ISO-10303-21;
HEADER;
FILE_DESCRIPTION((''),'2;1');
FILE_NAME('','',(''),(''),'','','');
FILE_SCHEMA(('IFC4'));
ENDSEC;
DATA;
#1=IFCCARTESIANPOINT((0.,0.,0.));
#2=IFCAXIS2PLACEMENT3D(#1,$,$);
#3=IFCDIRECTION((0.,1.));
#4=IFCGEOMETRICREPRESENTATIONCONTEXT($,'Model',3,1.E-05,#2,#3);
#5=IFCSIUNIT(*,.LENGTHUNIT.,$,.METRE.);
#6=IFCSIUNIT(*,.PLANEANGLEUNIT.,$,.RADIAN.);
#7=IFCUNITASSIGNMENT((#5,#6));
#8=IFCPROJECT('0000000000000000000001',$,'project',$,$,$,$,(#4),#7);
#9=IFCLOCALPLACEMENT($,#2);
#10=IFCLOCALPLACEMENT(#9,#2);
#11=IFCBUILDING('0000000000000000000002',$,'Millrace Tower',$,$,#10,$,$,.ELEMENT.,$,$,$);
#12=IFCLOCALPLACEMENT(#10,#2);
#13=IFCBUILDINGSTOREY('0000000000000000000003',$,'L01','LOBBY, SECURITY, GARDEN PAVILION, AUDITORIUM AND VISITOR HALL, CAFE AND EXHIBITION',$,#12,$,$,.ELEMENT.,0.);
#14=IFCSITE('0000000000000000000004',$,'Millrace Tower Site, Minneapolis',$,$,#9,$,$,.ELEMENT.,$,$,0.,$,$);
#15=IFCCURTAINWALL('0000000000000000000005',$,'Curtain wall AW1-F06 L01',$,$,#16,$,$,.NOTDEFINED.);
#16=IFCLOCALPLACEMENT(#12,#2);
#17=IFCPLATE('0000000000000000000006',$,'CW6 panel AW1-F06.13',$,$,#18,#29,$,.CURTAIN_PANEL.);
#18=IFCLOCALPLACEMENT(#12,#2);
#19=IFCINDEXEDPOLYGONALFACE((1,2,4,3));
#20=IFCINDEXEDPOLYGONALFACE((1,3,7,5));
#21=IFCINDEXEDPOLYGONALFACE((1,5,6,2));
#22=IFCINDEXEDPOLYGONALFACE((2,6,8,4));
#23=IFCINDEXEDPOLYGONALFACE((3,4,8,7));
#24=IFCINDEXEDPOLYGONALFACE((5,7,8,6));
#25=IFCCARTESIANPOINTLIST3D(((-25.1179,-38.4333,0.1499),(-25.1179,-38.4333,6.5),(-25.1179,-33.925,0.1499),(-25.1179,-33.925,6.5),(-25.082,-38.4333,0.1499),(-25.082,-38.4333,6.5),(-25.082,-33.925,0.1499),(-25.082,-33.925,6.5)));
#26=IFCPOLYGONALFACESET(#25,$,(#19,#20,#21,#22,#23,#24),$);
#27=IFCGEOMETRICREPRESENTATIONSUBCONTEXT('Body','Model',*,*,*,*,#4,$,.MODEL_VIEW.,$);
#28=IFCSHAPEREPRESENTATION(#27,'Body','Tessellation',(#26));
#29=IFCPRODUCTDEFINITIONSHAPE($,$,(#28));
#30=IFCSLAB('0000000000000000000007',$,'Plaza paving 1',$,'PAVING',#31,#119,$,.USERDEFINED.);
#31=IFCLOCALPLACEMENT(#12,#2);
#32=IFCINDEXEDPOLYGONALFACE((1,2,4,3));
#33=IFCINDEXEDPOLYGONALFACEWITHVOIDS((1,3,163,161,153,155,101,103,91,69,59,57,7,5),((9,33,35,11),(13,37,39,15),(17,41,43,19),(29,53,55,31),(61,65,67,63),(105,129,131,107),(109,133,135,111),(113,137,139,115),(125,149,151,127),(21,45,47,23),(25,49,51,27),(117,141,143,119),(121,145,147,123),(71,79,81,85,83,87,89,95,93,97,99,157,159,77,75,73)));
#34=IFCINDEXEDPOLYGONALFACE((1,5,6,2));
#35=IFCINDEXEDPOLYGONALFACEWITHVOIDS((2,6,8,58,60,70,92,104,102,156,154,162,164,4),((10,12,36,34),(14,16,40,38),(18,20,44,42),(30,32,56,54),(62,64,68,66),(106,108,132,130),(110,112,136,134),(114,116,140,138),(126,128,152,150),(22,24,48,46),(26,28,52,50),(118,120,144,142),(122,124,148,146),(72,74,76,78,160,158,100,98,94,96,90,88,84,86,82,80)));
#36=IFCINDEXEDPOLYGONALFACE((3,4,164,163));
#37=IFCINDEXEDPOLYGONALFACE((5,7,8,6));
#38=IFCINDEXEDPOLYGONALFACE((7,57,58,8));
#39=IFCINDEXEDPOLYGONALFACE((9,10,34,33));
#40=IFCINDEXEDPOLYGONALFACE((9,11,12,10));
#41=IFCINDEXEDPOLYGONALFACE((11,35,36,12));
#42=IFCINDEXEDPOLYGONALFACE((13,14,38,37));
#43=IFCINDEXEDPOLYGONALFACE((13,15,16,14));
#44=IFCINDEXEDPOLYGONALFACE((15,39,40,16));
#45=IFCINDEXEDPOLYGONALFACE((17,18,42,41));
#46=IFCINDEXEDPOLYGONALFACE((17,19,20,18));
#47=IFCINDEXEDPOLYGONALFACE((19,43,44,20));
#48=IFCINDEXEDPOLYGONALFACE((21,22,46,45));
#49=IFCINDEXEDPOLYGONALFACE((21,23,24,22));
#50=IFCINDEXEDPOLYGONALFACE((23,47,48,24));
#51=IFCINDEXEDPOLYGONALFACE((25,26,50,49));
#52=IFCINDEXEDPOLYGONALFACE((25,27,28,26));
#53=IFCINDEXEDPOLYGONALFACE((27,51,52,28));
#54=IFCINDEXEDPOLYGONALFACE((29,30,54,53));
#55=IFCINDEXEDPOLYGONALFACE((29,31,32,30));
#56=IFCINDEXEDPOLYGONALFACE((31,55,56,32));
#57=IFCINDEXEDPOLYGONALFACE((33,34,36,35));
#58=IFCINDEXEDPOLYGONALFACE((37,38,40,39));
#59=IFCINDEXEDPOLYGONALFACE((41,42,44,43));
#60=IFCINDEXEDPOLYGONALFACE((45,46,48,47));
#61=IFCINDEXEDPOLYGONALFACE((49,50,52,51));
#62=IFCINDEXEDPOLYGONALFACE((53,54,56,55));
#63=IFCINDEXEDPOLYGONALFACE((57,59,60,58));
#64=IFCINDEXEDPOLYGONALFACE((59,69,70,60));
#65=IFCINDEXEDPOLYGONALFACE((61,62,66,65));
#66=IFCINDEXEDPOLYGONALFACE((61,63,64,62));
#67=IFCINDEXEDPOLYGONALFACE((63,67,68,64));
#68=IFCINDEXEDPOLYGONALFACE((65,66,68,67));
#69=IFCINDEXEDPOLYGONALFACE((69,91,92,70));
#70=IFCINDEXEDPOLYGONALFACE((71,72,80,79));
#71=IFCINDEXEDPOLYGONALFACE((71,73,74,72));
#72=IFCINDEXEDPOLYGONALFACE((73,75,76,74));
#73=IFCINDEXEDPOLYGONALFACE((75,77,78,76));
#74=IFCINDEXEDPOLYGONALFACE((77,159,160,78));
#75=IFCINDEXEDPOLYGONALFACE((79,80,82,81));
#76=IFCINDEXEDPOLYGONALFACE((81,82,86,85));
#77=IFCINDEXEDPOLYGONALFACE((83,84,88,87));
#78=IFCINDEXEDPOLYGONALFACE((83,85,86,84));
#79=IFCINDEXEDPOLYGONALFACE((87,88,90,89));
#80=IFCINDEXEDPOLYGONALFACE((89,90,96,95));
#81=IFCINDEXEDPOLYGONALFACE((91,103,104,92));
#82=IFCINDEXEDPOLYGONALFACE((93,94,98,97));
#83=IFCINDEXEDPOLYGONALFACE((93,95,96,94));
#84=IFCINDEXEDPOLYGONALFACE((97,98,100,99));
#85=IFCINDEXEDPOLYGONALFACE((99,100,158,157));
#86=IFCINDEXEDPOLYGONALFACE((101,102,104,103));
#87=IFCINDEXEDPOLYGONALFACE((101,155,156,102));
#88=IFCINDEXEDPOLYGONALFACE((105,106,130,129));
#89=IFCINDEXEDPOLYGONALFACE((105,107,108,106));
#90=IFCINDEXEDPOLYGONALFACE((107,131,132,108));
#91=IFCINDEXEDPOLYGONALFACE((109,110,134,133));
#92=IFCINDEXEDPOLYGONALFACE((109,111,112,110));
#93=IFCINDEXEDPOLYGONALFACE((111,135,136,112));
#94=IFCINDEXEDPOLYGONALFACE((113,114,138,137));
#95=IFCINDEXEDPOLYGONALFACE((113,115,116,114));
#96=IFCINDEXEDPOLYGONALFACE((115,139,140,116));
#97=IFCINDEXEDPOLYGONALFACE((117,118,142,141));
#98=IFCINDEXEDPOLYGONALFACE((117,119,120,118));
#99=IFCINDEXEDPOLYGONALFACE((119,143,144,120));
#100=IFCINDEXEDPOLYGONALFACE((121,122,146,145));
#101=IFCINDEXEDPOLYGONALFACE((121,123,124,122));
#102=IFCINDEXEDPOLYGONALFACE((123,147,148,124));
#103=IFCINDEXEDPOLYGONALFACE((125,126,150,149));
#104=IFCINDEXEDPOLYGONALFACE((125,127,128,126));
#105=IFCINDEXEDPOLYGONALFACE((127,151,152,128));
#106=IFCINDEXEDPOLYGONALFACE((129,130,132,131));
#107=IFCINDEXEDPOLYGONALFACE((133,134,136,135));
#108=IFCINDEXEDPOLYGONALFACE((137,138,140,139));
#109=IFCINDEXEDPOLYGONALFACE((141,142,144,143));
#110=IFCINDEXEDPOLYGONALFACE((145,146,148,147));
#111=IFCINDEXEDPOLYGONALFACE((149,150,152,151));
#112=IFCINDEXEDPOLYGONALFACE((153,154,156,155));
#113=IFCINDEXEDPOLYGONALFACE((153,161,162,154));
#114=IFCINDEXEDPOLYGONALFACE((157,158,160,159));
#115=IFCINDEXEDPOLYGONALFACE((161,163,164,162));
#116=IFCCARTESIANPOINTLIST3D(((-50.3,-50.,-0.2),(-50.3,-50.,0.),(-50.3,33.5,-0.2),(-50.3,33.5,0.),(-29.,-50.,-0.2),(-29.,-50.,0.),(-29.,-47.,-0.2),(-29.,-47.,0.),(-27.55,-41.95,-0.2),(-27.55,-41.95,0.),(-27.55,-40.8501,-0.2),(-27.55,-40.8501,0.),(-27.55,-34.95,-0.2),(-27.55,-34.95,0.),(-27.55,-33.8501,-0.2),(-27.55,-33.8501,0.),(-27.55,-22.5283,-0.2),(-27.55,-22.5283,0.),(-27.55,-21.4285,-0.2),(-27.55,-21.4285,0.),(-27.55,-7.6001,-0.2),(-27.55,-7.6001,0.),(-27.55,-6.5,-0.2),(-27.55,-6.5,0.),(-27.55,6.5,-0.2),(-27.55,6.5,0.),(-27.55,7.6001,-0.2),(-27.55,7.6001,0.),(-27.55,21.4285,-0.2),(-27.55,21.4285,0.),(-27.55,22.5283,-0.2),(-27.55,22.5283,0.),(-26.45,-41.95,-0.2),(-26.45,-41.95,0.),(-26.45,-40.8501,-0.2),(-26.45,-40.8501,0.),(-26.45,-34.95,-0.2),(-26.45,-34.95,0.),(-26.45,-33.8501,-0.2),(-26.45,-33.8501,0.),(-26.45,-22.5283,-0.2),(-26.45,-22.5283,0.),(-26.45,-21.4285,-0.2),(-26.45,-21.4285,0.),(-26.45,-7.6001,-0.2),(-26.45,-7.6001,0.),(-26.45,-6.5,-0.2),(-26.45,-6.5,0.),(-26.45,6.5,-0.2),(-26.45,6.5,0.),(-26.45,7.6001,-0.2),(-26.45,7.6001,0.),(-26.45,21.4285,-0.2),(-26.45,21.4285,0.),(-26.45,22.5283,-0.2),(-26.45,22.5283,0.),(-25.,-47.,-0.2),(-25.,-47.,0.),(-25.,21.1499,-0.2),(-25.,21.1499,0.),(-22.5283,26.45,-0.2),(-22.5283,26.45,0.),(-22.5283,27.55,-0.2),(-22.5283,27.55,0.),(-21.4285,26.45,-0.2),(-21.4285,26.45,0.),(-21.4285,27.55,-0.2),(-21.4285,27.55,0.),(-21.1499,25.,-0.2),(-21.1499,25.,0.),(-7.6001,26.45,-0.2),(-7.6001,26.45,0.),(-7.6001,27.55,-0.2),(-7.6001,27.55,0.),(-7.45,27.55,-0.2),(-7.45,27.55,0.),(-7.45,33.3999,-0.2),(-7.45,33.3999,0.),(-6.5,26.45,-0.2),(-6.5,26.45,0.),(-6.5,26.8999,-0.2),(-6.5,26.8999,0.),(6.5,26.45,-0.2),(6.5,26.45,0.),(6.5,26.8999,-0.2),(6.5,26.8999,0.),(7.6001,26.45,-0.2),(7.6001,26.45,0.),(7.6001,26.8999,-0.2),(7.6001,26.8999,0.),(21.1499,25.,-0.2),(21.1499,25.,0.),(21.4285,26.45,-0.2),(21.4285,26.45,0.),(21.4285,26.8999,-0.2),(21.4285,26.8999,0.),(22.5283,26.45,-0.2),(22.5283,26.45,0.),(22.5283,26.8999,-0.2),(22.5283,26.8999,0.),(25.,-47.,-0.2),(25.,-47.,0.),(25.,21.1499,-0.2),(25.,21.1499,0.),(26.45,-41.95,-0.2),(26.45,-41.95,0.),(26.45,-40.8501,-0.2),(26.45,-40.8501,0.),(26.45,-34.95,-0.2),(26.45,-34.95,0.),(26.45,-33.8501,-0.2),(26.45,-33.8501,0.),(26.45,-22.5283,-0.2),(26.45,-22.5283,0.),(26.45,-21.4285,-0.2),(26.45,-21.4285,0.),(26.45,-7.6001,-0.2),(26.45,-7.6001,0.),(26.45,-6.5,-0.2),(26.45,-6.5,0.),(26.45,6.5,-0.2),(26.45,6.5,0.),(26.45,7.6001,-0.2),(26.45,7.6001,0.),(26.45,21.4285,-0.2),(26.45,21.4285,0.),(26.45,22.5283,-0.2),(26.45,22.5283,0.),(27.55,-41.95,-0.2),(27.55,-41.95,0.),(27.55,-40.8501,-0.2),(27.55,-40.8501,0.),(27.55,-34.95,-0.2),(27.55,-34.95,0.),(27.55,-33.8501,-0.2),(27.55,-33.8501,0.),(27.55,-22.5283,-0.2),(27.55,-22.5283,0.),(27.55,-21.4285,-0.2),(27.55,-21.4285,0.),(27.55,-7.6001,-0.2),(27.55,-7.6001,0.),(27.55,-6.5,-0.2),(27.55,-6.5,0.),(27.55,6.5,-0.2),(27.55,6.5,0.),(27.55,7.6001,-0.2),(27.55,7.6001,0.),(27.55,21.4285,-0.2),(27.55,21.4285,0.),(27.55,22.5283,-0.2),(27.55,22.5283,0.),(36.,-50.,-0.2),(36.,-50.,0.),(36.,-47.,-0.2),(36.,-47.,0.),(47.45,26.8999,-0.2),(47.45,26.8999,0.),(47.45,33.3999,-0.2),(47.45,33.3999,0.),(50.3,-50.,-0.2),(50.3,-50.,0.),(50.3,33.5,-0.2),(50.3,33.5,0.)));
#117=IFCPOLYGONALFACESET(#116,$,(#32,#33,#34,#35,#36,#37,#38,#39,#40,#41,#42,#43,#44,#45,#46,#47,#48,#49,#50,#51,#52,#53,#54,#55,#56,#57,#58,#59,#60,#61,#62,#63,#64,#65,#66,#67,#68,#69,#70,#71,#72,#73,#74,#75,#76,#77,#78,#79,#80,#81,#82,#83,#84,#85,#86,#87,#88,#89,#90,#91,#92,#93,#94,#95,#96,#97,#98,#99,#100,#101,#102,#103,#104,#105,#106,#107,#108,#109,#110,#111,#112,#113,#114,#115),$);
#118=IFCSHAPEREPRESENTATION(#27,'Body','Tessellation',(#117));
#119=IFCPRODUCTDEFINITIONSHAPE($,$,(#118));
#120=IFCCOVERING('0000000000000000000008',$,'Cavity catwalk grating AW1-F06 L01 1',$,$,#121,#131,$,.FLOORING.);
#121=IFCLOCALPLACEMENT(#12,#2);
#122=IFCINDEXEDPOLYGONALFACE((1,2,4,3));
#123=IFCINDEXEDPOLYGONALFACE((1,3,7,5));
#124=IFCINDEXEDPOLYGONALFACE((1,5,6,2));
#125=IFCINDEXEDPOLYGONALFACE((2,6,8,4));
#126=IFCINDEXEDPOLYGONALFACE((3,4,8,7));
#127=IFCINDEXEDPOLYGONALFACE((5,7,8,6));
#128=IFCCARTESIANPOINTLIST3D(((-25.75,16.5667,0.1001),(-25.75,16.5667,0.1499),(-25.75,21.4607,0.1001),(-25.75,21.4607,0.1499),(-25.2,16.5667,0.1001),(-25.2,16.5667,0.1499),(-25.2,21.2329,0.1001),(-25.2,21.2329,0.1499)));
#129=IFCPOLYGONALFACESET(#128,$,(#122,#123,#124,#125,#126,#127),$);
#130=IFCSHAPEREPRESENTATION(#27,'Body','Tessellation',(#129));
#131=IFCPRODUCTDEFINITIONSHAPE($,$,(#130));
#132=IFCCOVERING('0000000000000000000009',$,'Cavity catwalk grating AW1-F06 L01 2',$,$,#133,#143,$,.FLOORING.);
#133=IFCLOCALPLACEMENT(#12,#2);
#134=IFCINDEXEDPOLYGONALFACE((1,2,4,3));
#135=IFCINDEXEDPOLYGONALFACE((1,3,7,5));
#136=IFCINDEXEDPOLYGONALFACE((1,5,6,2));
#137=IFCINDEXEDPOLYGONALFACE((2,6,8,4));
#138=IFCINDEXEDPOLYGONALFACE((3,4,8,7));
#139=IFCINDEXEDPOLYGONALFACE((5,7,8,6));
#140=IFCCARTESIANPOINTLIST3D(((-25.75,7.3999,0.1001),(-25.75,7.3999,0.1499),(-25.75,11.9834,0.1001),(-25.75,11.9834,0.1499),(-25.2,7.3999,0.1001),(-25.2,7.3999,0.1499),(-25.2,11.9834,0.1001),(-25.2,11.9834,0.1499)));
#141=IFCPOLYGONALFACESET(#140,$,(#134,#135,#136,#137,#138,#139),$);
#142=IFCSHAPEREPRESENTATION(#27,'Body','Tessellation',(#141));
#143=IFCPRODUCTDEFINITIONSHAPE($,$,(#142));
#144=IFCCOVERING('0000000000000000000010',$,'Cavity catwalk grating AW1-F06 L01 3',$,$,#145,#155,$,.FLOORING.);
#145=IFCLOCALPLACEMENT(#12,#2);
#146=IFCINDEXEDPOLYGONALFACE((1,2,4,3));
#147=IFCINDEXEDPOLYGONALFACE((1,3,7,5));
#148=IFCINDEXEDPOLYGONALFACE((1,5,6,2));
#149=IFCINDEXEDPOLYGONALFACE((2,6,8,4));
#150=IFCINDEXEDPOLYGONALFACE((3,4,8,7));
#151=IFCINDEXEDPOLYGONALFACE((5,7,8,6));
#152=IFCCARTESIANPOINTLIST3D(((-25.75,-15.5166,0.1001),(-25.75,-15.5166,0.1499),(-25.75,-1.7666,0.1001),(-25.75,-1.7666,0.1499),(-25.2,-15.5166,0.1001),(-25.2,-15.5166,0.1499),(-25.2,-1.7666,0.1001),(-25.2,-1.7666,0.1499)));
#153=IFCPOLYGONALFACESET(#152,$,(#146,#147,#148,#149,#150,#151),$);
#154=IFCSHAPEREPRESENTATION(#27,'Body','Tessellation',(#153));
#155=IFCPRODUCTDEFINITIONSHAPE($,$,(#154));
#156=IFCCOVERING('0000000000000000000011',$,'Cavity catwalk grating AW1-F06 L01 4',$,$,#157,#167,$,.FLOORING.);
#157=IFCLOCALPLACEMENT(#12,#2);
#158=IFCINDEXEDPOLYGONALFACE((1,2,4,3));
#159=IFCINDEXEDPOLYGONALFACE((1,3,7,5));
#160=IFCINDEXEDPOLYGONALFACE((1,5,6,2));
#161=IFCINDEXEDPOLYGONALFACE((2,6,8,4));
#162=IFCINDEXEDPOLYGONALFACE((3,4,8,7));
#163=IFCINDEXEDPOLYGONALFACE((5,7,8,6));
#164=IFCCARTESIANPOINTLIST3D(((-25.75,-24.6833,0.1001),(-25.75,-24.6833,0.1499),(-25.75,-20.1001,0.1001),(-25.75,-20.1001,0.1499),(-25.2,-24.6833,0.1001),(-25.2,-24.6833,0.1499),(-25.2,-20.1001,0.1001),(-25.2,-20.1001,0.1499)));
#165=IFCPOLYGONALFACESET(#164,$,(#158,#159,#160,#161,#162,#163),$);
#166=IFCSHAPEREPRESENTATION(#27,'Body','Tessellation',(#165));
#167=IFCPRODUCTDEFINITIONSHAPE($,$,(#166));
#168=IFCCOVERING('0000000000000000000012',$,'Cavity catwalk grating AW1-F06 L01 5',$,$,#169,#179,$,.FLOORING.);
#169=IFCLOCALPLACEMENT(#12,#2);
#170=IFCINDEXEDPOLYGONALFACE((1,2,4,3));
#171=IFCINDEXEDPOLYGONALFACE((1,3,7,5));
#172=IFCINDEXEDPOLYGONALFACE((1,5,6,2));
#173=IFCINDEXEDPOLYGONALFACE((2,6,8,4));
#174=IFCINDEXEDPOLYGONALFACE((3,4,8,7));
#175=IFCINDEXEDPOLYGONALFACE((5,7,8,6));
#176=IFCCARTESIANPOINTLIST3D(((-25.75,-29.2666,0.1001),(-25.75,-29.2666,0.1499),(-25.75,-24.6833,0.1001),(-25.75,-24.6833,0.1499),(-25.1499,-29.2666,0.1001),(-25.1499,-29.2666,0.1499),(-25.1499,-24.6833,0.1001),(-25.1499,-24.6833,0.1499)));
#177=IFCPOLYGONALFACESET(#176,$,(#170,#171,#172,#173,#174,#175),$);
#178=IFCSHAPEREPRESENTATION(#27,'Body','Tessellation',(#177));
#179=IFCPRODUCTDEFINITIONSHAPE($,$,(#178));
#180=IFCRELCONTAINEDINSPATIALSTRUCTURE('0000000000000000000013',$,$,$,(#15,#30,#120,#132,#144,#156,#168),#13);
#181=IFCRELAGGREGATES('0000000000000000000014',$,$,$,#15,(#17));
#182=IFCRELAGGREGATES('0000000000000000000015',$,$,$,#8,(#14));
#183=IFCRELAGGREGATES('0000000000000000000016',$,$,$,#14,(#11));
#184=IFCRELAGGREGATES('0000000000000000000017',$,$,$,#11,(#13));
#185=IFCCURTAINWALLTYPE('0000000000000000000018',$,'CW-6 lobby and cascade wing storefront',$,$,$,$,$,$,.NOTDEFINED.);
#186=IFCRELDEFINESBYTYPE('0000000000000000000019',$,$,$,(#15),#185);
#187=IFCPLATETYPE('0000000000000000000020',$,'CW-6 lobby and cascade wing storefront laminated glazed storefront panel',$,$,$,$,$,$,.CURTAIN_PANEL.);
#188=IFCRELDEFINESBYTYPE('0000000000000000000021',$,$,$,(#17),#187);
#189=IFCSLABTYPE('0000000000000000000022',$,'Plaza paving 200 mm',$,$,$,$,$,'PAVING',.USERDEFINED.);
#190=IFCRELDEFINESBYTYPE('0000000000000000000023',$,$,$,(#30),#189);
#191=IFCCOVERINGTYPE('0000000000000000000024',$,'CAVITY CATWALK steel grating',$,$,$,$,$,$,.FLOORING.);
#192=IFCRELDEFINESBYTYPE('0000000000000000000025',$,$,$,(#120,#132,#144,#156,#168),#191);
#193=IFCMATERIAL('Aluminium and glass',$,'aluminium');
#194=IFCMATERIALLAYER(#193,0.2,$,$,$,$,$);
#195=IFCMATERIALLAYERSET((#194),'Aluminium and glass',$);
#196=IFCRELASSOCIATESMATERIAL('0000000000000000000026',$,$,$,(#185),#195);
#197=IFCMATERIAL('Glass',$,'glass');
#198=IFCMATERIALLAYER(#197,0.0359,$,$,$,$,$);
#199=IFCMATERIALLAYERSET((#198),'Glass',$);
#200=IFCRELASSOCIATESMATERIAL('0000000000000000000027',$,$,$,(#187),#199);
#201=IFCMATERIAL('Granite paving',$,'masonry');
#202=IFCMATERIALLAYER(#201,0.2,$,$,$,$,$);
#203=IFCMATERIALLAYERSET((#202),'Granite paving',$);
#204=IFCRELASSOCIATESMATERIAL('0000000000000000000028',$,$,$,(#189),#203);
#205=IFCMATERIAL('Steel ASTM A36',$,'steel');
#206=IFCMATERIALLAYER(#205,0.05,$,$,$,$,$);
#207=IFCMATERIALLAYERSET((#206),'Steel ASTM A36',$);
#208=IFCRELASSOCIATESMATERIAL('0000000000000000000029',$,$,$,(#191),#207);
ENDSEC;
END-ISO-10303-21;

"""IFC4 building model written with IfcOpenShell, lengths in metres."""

from ifc_helpers import new_model, si_unit, direction, frame, origin, place, context, subcontext, project, spatial, polyline, outline, extrude, material, layer, layer_set, type_object, element, aggregate, save


model = new_model("IFC4")

# Units and contexts
model_context = context("Model", 3, precision=1e-05, world=origin(), true_north=direction((0.0, 1.0)))
body_context = subcontext(model_context, "Body", "Model", "MODEL_VIEW")
ifc_project = project(units=[si_unit("LENGTHUNIT", "METRE"), si_unit("PLANEANGLEUNIT", "RADIAN")], contexts=[model_context])

# Site, building, storey
site_placement = place(None, origin())
site = spatial("IfcSite", under=ifc_project, at=site_placement, Name="Millrace Tower Site, Minneapolis", CompositionType="ELEMENT", RefElevation=0.0)
building_placement = place(site_placement, origin())
building = spatial("IfcBuilding", under=site, at=building_placement, Name="Millrace Tower", CompositionType="ELEMENT")
storey_placement = place(building_placement, origin())
storey = spatial("IfcBuildingStorey", under=building, at=storey_placement, Name="L01", Description="LOBBY, SECURITY, GARDEN PAVILION, AUDITORIUM AND VISITOR HALL, CAFE AND EXHIBITION", CompositionType="ELEMENT", Elevation=0.0)

# Shared definitions
placement_1 = place(storey_placement, origin())

# Curtain wall, plate
ifc_material_1 = material(Name="Aluminium and glass", Category="aluminium")
ifc_layer_1 = layer(ifc_material_1, 0.2)
ifc_layer_set_1 = layer_set([ifc_layer_1], Name="Aluminium and glass")
curtain_wall_type_1 = type_object("IfcCurtainWallType", Name="CW-6 lobby and cascade wing storefront", PredefinedType="NOTDEFINED", material=ifc_layer_set_1)
curtain_wall_1 = element("IfcCurtainWall", 1, at=placement_1, inside=storey, type_object=curtain_wall_type_1, Name="Curtain wall AW1-F06 L01", PredefinedType="NOTDEFINED")
ifc_material_2 = material(Name="Glass", Category="glass")
ifc_layer_2 = layer(ifc_material_2, 0.0359)
ifc_layer_set_2 = layer_set([ifc_layer_2], Name="Glass")
plate_type_1 = type_object("IfcPlateType", Name="CW-6 lobby and cascade wing storefront laminated glazed storefront panel", PredefinedType="CURTAIN_PANEL", material=ifc_layer_set_2)
placement_2 = place(storey_placement, frame((0.0, 0.0, 0.1499)))
plate_1 = element("IfcPlate", 2, at=placement_2, type_object=plate_type_1, Name="CW6 panel AW1-F06.13", PredefinedType="CURTAIN_PANEL", context=body_context, shape_type="SweptSolid", body=[
    extrude(outline(polyline([(-25.1179, -33.925), (-25.1179, -38.4333), (-25.082, -38.4333), (-25.082, -33.925), (-25.1179, -33.925)])), origin(), (0.0, 0.0, 1.0), 6.3501),
])
aggregate(curtain_wall_1, [plate_1])

# Slab
ifc_material_3 = material(Name="Granite paving", Category="masonry")
ifc_layer_3 = layer(ifc_material_3, 0.2)
ifc_layer_set_3 = layer_set([ifc_layer_3], Name="Granite paving")
slab_type = type_object("IfcSlabType", Name="Plaza paving 200 mm", ElementType="PAVING", PredefinedType="USERDEFINED", material=ifc_layer_set_3)
placement_3 = place(storey_placement, frame((0.0, 0.0, -0.2)))
element("IfcSlab", 3, at=placement_3, inside=storey, type_object=slab_type, Name="Plaza paving 1", ObjectType="PAVING", PredefinedType="USERDEFINED", context=body_context, shape_type="SweptSolid", body=[
    extrude(outline(polyline([(-50.3, 33.5), (50.3, 33.5), (50.3, -50.0), (36.0, -50.0), (36.0, -47.0), (25.0, -47.0), (25.0, 21.1499), (21.1499, 25.0), (-21.1499, 25.0), (-25.0, 21.1499), (-25.0, -47.0), (-29.0, -47.0), (-29.0, -50.0), (-50.3, -50.0), (-50.3, 33.5)]), holes=[polyline([(-26.45, -41.95), (-26.45, -40.8501), (-27.55, -40.8501), (-27.55, -41.95), (-26.45, -41.95)]), polyline([(-27.55, -34.95), (-26.45, -34.95), (-26.45, -33.8501), (-27.55, -33.8501), (-27.55, -34.95)]), polyline([(-27.55, -22.5283), (-26.45, -22.5283), (-26.45, -21.4285), (-27.55, -21.4285), (-27.55, -22.5283)]), polyline([(-27.55, -7.6001), (-26.45, -7.6001), (-26.45, -6.5), (-27.55, -6.5), (-27.55, -7.6001)]), polyline([(-27.55, 6.5), (-26.45, 6.5), (-26.45, 7.6001), (-27.55, 7.6001), (-27.55, 6.5)]), polyline([(-27.55, 21.4285), (-26.45, 21.4285), (-26.45, 22.5283), (-27.55, 22.5283), (-27.55, 21.4285)]), polyline([(-22.5283, 26.45), (-21.4285, 26.45), (-21.4285, 27.55), (-22.5283, 27.55), (-22.5283, 26.45)]), polyline([(6.5, 26.45), (7.6001, 26.45), (7.6001, 26.8999), (21.4285, 26.8999), (21.4285, 26.45), (22.5283, 26.45), (22.5283, 26.8999), (47.45, 26.8999), (47.45, 33.3999), (-7.45, 33.3999), (-7.45, 27.55), (-7.6001, 27.55), (-7.6001, 26.45), (-6.5, 26.45), (-6.5, 26.8999), (6.5, 26.8999), (6.5, 26.45)]), polyline([(26.45, -41.95), (27.55, -41.95), (27.55, -40.8501), (26.45, -40.8501), (26.45, -41.95)]), polyline([(27.55, -34.95), (27.55, -33.8501), (26.45, -33.8501), (26.45, -34.95), (27.55, -34.95)]), polyline([(27.55, -21.4285), (26.45, -21.4285), (26.45, -22.5283), (27.55, -22.5283), (27.55, -21.4285)]), polyline([(26.45, -7.6001), (27.55, -7.6001), (27.55, -6.5), (26.45, -6.5), (26.45, -7.6001)]), polyline([(26.45, 6.5), (27.55, 6.5), (27.55, 7.6001), (26.45, 7.6001), (26.45, 6.5)]), polyline([(26.45, 21.4285), (27.55, 21.4285), (27.55, 22.5283), (26.45, 22.5283), (26.45, 21.4285)])]), origin(), (0.0, 0.0, 1.0), 0.2),
])

# Coverings
ifc_material_4 = material(Name="Steel ASTM A36", Category="steel")
ifc_layer_4 = layer(ifc_material_4, 0.05)
ifc_layer_set_4 = layer_set([ifc_layer_4], Name="Steel ASTM A36")
covering_type = type_object("IfcCoveringType", Name="CAVITY CATWALK steel grating", PredefinedType="FLOORING", material=ifc_layer_set_4)
placement_4 = place(storey_placement, frame((0.0, 0.0, 0.1001)))
element("IfcCovering", 4, at=placement_4, inside=storey, type_object=covering_type, Name="Cavity catwalk grating AW1-F06 L01 1", PredefinedType="FLOORING", context=body_context, shape_type="SweptSolid", body=[
    extrude(outline(polyline([(-25.75, 21.4607), (-25.75, 16.5667), (-25.2, 16.5667), (-25.2, 21.2329), (-25.75, 21.4607)])), origin(), (0.0, 0.0, 1.0), 0.0498),
])
element("IfcCovering", 5, at=placement_4, inside=storey, type_object=covering_type, Name="Cavity catwalk grating AW1-F06 L01 2", PredefinedType="FLOORING", context=body_context, shape_type="SweptSolid", body=[
    extrude(outline(polyline([(-25.75, 11.9834), (-25.75, 7.3999), (-25.2, 7.3999), (-25.2, 11.9834), (-25.75, 11.9834)])), origin(), (0.0, 0.0, 1.0), 0.0498),
])
element("IfcCovering", 6, at=placement_4, inside=storey, type_object=covering_type, Name="Cavity catwalk grating AW1-F06 L01 3", PredefinedType="FLOORING", context=body_context, shape_type="SweptSolid", body=[
    extrude(outline(polyline([(-25.75, -1.7666), (-25.75, -15.5166), (-25.2, -15.5166), (-25.2, -1.7666), (-25.75, -1.7666)])), origin(), (0.0, 0.0, 1.0), 0.0498),
])
element("IfcCovering", 7, at=placement_4, inside=storey, type_object=covering_type, Name="Cavity catwalk grating AW1-F06 L01 4", PredefinedType="FLOORING", context=body_context, shape_type="SweptSolid", body=[
    extrude(outline(polyline([(-25.75, -20.1001), (-25.75, -24.6833), (-25.2, -24.6833), (-25.2, -20.1001), (-25.75, -20.1001)])), origin(), (0.0, 0.0, 1.0), 0.0498),
])
element("IfcCovering", 8, at=placement_4, inside=storey, type_object=covering_type, Name="Cavity catwalk grating AW1-F06 L01 5", PredefinedType="FLOORING", context=body_context, shape_type="SweptSolid", body=[
    extrude(outline(polyline([(-25.75, -24.6833), (-25.75, -29.2666), (-25.1499, -29.2666), (-25.1499, -24.6833), (-25.75, -24.6833)])), origin(), (0.0, 0.0, 1.0), 0.0498),
])

save(model, "model.ifc")
